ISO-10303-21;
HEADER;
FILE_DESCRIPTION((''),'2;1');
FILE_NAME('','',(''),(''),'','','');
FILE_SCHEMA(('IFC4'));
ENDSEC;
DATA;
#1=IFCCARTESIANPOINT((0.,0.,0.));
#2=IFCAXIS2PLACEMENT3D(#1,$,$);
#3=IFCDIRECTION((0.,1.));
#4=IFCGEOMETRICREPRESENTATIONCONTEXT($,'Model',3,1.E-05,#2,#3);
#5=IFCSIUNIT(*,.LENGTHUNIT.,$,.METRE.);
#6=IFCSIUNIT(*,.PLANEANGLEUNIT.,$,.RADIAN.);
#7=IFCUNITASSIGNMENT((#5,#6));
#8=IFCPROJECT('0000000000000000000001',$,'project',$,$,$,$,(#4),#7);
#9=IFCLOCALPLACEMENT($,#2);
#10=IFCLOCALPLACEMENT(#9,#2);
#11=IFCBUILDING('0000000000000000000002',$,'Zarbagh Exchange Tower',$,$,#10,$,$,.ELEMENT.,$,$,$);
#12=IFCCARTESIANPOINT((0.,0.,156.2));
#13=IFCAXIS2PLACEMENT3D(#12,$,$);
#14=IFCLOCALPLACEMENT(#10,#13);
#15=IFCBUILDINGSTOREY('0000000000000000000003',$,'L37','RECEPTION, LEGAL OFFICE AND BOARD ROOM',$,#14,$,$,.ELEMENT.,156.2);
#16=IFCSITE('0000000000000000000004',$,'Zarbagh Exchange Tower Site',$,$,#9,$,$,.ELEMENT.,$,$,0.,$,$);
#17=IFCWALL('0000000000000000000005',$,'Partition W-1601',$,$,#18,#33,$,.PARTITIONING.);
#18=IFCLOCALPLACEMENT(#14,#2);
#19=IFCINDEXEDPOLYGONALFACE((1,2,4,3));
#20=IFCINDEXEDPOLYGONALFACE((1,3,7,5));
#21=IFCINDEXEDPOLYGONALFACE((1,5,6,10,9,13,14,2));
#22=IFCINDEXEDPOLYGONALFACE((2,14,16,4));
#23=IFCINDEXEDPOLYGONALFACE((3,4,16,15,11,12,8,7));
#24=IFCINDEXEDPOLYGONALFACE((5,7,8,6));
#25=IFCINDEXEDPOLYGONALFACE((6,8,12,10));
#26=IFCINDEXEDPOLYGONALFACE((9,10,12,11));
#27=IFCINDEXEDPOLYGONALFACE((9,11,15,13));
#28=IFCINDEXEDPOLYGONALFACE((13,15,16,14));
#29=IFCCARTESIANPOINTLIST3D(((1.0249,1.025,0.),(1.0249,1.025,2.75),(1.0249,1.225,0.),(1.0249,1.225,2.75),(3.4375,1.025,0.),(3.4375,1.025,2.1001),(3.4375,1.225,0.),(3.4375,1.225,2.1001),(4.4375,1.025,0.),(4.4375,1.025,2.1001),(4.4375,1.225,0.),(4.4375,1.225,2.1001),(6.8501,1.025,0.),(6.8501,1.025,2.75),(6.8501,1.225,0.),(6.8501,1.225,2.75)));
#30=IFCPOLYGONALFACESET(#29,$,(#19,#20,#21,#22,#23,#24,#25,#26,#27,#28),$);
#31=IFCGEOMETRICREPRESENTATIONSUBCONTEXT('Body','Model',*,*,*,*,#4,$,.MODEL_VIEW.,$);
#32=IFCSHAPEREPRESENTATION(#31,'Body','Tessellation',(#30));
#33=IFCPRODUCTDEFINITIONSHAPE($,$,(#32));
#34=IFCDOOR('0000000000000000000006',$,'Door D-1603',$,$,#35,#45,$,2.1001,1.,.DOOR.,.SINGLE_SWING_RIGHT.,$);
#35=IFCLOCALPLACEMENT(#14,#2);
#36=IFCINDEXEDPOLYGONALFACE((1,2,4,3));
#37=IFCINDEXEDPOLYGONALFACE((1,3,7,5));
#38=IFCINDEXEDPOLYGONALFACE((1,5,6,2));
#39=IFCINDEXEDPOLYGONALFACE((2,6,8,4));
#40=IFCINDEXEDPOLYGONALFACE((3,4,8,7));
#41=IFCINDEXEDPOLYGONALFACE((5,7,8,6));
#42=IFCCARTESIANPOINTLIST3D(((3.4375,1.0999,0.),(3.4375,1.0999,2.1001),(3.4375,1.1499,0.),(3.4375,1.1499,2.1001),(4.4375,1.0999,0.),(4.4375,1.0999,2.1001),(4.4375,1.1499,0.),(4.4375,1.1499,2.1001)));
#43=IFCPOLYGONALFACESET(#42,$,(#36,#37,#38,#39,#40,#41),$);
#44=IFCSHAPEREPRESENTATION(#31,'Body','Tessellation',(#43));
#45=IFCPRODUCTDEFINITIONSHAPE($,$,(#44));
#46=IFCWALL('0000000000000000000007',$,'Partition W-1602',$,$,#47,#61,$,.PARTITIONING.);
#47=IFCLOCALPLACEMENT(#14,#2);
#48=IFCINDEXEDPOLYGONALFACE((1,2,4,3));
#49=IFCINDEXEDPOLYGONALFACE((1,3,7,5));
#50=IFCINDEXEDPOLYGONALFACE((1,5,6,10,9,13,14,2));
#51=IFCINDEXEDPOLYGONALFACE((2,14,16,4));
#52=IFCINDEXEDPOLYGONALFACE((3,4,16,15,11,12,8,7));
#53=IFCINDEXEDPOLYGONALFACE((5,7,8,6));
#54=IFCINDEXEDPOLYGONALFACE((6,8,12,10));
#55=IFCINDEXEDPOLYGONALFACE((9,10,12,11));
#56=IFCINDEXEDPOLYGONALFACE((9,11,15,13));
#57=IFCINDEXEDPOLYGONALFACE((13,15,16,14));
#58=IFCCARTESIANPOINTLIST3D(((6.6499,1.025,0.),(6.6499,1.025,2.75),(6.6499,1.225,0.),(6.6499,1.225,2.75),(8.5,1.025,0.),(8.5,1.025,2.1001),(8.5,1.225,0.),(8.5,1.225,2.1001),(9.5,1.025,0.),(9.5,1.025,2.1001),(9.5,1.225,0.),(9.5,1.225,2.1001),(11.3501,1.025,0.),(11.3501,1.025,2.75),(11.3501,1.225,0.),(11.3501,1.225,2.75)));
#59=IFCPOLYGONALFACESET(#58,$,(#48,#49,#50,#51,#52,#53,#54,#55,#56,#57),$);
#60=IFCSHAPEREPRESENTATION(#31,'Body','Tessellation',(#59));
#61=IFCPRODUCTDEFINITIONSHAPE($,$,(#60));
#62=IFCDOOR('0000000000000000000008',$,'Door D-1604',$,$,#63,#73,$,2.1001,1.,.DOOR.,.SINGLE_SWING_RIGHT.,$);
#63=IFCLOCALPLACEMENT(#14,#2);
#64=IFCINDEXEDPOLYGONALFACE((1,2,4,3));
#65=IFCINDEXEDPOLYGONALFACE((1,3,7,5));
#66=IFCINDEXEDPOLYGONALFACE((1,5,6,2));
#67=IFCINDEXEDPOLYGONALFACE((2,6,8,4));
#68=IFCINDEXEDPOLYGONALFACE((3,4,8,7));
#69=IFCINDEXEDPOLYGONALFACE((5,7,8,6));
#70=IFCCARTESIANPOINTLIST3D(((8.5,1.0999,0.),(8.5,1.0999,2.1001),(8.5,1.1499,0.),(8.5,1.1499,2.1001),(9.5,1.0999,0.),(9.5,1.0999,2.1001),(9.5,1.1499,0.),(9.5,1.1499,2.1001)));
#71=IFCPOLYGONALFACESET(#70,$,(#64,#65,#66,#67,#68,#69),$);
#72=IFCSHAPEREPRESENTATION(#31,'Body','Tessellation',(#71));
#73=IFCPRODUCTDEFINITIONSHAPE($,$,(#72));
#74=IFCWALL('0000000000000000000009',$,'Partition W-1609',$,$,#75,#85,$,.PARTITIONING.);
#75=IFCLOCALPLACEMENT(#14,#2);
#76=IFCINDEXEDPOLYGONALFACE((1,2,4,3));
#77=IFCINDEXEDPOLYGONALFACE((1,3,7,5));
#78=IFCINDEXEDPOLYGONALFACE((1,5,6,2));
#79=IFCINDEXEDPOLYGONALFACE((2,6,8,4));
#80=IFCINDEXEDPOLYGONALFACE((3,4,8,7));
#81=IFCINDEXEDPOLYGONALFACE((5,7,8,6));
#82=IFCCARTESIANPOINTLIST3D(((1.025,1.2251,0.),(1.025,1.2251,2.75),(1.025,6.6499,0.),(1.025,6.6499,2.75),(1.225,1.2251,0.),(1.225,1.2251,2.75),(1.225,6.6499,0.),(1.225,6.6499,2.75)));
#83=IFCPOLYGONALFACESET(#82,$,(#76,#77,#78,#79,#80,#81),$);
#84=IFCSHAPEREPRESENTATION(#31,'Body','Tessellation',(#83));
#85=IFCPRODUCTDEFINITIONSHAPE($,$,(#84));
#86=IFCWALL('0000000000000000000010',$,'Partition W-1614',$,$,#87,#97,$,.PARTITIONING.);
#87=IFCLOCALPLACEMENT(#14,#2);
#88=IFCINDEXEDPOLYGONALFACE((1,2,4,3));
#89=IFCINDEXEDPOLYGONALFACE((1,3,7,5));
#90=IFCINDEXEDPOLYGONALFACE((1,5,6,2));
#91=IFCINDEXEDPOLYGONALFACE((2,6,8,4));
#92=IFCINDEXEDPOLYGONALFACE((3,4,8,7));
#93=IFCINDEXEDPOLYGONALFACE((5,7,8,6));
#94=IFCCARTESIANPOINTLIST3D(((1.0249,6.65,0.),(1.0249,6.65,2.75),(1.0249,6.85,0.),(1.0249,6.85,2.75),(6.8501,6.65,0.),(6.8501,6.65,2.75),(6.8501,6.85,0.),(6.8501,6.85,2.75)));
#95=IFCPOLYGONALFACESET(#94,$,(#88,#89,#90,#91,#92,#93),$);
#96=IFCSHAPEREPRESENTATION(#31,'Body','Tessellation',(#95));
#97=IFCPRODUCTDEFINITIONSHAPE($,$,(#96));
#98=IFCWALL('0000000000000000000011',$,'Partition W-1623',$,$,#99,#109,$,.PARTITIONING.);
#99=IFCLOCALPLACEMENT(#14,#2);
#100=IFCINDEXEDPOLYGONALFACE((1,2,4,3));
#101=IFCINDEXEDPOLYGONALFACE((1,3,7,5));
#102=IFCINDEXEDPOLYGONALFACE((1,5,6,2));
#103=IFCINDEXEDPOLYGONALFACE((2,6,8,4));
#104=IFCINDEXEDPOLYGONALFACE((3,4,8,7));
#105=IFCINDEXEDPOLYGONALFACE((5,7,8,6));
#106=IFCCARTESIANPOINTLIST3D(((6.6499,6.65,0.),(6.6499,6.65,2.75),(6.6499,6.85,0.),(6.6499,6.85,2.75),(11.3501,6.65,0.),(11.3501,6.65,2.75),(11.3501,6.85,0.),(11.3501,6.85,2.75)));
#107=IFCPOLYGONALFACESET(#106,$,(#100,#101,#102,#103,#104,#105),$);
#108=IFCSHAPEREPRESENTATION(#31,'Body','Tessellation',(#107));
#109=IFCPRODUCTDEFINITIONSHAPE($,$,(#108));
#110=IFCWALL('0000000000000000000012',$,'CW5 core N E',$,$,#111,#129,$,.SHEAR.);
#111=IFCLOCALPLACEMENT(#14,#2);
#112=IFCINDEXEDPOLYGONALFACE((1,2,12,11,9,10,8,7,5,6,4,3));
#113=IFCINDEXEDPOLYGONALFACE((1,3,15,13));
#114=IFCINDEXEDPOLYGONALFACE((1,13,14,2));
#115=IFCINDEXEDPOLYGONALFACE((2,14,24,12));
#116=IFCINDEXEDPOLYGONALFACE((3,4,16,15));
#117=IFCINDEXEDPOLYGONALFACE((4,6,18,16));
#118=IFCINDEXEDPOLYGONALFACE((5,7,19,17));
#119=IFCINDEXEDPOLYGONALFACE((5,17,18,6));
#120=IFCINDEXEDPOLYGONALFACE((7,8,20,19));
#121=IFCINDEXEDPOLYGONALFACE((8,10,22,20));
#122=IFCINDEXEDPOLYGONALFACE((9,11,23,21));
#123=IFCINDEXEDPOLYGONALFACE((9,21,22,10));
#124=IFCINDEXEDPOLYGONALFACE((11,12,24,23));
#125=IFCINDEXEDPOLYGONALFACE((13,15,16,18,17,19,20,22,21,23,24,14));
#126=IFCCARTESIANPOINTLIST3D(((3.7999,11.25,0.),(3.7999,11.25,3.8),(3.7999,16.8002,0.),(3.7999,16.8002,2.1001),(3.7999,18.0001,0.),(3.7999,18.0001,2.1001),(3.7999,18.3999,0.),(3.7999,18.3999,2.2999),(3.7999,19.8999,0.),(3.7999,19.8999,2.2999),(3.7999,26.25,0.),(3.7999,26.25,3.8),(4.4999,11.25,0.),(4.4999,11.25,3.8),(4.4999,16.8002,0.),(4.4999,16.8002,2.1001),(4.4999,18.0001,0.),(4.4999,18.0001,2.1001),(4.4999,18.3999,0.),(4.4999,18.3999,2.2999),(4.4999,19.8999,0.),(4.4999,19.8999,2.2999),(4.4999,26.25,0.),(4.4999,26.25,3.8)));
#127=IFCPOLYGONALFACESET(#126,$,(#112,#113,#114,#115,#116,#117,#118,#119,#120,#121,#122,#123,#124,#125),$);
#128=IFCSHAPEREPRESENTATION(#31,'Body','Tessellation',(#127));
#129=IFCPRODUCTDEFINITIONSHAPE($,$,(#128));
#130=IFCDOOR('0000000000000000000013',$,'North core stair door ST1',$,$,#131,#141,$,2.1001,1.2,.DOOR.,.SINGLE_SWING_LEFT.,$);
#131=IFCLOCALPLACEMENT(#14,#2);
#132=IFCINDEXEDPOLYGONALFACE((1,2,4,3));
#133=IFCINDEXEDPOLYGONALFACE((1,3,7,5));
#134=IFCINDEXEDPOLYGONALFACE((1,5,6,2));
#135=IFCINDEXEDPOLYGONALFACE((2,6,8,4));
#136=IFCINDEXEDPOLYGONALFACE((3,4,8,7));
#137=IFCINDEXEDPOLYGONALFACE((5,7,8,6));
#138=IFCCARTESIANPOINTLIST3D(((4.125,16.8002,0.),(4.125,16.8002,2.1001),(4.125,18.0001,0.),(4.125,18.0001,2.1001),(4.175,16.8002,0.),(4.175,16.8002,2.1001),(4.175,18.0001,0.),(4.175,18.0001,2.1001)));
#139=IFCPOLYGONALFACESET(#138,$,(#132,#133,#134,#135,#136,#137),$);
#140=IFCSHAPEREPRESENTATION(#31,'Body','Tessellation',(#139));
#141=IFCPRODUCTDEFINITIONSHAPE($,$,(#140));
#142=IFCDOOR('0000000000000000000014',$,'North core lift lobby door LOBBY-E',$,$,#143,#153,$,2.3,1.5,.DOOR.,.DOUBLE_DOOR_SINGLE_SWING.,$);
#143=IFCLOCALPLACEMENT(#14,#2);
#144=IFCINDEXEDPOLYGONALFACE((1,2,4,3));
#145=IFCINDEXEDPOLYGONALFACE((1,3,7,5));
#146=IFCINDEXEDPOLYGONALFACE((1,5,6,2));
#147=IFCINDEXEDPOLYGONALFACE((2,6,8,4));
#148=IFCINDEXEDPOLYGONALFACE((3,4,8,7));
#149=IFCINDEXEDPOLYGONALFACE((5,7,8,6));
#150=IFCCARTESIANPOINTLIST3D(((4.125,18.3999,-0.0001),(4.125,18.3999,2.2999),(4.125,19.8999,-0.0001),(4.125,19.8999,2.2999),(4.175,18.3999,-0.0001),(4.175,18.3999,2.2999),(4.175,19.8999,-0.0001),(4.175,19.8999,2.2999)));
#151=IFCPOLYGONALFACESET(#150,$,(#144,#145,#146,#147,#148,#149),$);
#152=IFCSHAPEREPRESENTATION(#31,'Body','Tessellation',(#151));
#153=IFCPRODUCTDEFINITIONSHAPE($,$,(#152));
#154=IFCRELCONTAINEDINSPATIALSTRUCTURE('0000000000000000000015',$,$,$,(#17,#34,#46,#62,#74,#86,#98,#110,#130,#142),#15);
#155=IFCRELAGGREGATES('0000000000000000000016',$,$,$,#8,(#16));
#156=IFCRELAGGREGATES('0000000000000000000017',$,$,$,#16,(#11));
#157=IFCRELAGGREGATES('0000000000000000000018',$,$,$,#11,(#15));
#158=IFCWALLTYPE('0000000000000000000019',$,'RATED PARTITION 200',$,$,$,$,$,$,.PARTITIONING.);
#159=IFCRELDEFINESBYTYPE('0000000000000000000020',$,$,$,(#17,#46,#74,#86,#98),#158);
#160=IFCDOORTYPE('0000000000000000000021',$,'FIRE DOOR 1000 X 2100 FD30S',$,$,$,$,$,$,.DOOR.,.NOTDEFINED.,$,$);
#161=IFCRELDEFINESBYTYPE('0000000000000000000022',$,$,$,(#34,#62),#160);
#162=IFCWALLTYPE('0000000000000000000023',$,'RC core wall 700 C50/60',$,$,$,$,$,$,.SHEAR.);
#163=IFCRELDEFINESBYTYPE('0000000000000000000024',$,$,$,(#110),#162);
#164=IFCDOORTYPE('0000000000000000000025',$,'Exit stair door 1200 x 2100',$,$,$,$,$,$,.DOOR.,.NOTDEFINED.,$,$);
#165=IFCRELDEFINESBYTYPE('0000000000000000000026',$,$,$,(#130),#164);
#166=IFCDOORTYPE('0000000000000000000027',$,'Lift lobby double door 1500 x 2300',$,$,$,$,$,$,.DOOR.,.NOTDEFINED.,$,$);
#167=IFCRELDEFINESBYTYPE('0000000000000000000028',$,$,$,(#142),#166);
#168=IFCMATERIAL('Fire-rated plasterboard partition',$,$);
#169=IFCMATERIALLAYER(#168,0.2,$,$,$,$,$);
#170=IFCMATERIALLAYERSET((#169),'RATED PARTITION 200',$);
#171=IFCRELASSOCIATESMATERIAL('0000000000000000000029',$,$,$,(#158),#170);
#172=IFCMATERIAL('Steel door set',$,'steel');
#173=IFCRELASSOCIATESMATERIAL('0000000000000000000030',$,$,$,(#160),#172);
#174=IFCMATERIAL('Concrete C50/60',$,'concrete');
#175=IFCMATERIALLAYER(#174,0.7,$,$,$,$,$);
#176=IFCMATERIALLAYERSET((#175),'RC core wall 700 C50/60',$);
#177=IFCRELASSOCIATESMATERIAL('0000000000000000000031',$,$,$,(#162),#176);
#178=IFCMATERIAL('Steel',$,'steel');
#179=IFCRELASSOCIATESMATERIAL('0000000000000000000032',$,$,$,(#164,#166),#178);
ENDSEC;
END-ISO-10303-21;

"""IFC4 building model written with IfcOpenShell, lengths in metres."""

from ifc_helpers import new_model, si_unit, direction, frame, frame_2d, origin, place, context, subcontext, project, spatial, rectangle, extrude, material, layer, layer_set, type_object, element, fill, save


model = new_model("IFC4")

# Units and contexts
model_context = context("Model", 3, precision=1e-05, world=origin(), true_north=direction((0.0, 1.0)))
body_context = subcontext(model_context, "Body", "Model", "MODEL_VIEW")
ifc_project = project(units=[si_unit("LENGTHUNIT", "METRE"), si_unit("PLANEANGLEUNIT", "RADIAN")], contexts=[model_context])

# Site, building, storey
site_placement = place(None, origin())
site = spatial("IfcSite", under=ifc_project, at=site_placement, Name="Zarbagh Exchange Tower Site", CompositionType="ELEMENT", RefElevation=0.0)
building_placement = place(site_placement, origin())
building = spatial("IfcBuilding", under=site, at=building_placement, Name="Zarbagh Exchange Tower", CompositionType="ELEMENT")
storey_placement = place(building_placement, frame((0.0, 0.0, 156.2)))
storey = spatial("IfcBuildingStorey", under=building, at=storey_placement, Name="L37", Description="RECEPTION, LEGAL OFFICE AND BOARD ROOM", CompositionType="ELEMENT", Elevation=156.2)

# Shared definitions
ifc_material_1 = material(Name="Concrete C50/60", Category="concrete")

# Walls, openings, doors
ifc_material_2 = material(Name="Fire-rated plasterboard partition")
ifc_layer_1 = layer(ifc_material_2, 0.2)
ifc_layer_set_1 = layer_set([ifc_layer_1], Name="RATED PARTITION 200")
wall_type_1 = type_object("IfcWallType", Name="RATED PARTITION 200", PredefinedType="PARTITIONING", material=ifc_layer_set_1)
wall_1_placement = place(storey_placement, frame((1.0249, 1.125, 0.0), z_axis=(0.0, 0.0, 1.0), x_axis=(1.0, 0.0, 0.0)))
wall_1 = element("IfcWall", 1, at=wall_1_placement, inside=storey, type_object=wall_type_1, Name="Partition W-1601", PredefinedType="PARTITIONING", context=body_context, shape_type="SweptSolid", body=[
    extrude(rectangle(XDim=5.8252, YDim=0.2, at=frame_2d((2.9126, 0.0))), origin(), (0.0, 0.0, 1.0), 2.75),
])
opening_1_placement = place(wall_1_placement, frame((2.4126, 0.0, 0.0)))
opening_1 = element("IfcOpeningElement", 2, at=opening_1_placement, cuts=wall_1, PredefinedType="OPENING", context=body_context, shape_type="SweptSolid", body=[
    extrude(rectangle(XDim=1.0, YDim=2.1001, at=frame_2d((0.5, 1.05))), frame((0.0, 0.1099, 0.0), z_axis=(0.0, -1.0, 0.0), x_axis=(1.0, 0.0, 0.0)), (0.0, 0.0, 1.0), 0.22),
])
ifc_material_3 = material(Name="Steel door set", Category="steel")
door_type_1 = type_object("IfcDoorType", Name="FIRE DOOR 1000 X 2100 FD30S", OperationType="NOTDEFINED", PredefinedType="DOOR", material=ifc_material_3)
door_1_placement = place(opening_1_placement, origin())
door_1 = element("IfcDoor", 3, at=door_1_placement, inside=storey, type_object=door_type_1, Name="Door D-1603", OperationType="SINGLE_SWING_RIGHT", OverallHeight=2.1001, OverallWidth=1.0, PredefinedType="DOOR", context=body_context, shape_type="SweptSolid", body=[
    extrude(rectangle(XDim=1.0, YDim=2.1001, at=frame_2d((0.5, 1.05))), frame((0.0, 0.0249, 0.0), z_axis=(0.0, -1.0, 0.0), x_axis=(1.0, 0.0, 0.0)), (0.0, 0.0, 1.0), 0.05),
])
fill(opening_1, door_1)
wall_2_placement = place(storey_placement, frame((6.6499, 1.125, 0.0), z_axis=(0.0, 0.0, 1.0), x_axis=(1.0, 0.0, 0.0)))
wall_2 = element("IfcWall", 4, at=wall_2_placement, inside=storey, type_object=wall_type_1, Name="Partition W-1602", PredefinedType="PARTITIONING", context=body_context, shape_type="SweptSolid", body=[
    extrude(rectangle(XDim=4.7002, YDim=0.2, at=frame_2d((2.3501, 0.0))), origin(), (0.0, 0.0, 1.0), 2.75),
])
opening_2_placement = place(wall_2_placement, frame((1.8501, 0.0, 0.0)))
opening_2 = element("IfcOpeningElement", 5, at=opening_2_placement, cuts=wall_2, PredefinedType="OPENING", context=body_context, shape_type="SweptSolid", body=[
    extrude(rectangle(XDim=1.0, YDim=2.1001, at=frame_2d((0.5, 1.05))), frame((0.0, 0.1099, 0.0), z_axis=(0.0, -1.0, 0.0), x_axis=(1.0, 0.0, 0.0)), (0.0, 0.0, 1.0), 0.22),
])
door_2_placement = place(opening_2_placement, origin())
door_2 = element("IfcDoor", 6, at=door_2_placement, inside=storey, type_object=door_type_1, Name="Door D-1604", OperationType="SINGLE_SWING_RIGHT", OverallHeight=2.1001, OverallWidth=1.0, PredefinedType="DOOR", context=body_context, shape_type="SweptSolid", body=[
    extrude(rectangle(XDim=1.0, YDim=2.1001, at=frame_2d((0.5, 1.05))), frame((0.0, 0.0249, 0.0), z_axis=(0.0, -1.0, 0.0), x_axis=(1.0, 0.0, 0.0)), (0.0, 0.0, 1.0), 0.05),
])
fill(opening_2, door_2)

# Walls
wall_3_placement = place(storey_placement, frame((1.125, 1.2251, 0.0), z_axis=(0.0, 0.0, 1.0), x_axis=(0.0, 1.0, 0.0)))
element("IfcWall", 7, at=wall_3_placement, inside=storey, type_object=wall_type_1, Name="Partition W-1609", PredefinedType="PARTITIONING", context=body_context, shape_type="SweptSolid", body=[
    extrude(rectangle(XDim=5.4248, YDim=0.2, at=frame_2d((2.7124, 0.0))), origin(), (0.0, 0.0, 1.0), 2.75),
])
wall_4_placement = place(storey_placement, frame((1.0249, 6.75, 0.0), z_axis=(0.0, 0.0, 1.0), x_axis=(1.0, 0.0, 0.0)))
element("IfcWall", 8, at=wall_4_placement, inside=storey, type_object=wall_type_1, Name="Partition W-1614", PredefinedType="PARTITIONING", context=body_context, shape_type="SweptSolid", body=[
    extrude(rectangle(XDim=5.8252, YDim=0.2, at=frame_2d((2.9126, 0.0))), origin(), (0.0, 0.0, 1.0), 2.75),
])
wall_5_placement = place(storey_placement, frame((6.6499, 6.75, 0.0), z_axis=(0.0, 0.0, 1.0), x_axis=(1.0, 0.0, 0.0)))
element("IfcWall", 9, at=wall_5_placement, inside=storey, type_object=wall_type_1, Name="Partition W-1623", PredefinedType="PARTITIONING", context=body_context, shape_type="SweptSolid", body=[
    extrude(rectangle(XDim=4.7002, YDim=0.2, at=frame_2d((2.3501, 0.0))), origin(), (0.0, 0.0, 1.0), 2.75),
])

# Wall, openings, doors
ifc_layer_2 = layer(ifc_material_1, 0.7)
ifc_layer_set_2 = layer_set([ifc_layer_2], Name="RC core wall 700 C50/60")
wall_type_2 = type_object("IfcWallType", Name="RC core wall 700 C50/60", PredefinedType="SHEAR", material=ifc_layer_set_2)
wall_6_placement = place(storey_placement, frame((4.1499, 11.25, 0.0), z_axis=(0.0, 0.0, 1.0), x_axis=(0.0, 1.0, 0.0)))
wall_6 = element("IfcWall", 10, at=wall_6_placement, inside=storey, type_object=wall_type_2, Name="CW5 core N E", PredefinedType="SHEAR", context=body_context, shape_type="SweptSolid", body=[
    extrude(rectangle(XDim=15.0, YDim=0.7, at=frame_2d((7.5, 0.0))), origin(), (0.0, 0.0, 1.0), 3.8),
])
opening_3_placement = place(wall_6_placement, frame((7.1499, 0.0, 0.0)))
opening_3 = element("IfcOpeningElement", 11, at=opening_3_placement, cuts=wall_6, PredefinedType="OPENING", context=body_context, shape_type="SweptSolid", body=[
    extrude(rectangle(XDim=1.5, YDim=2.3, at=frame_2d((0.75, 1.1499))), frame((0.0, 0.3599, 0.0), z_axis=(0.0, -1.0, 0.0), x_axis=(1.0, 0.0, 0.0)), (0.0, 0.0, 1.0), 0.72),
])
opening_4_placement = place(wall_6_placement, frame((5.55, 0.0, 0.0)))
opening_4 = element("IfcOpeningElement", 12, at=opening_4_placement, cuts=wall_6, PredefinedType="OPENING", context=body_context, shape_type="SweptSolid", body=[
    extrude(rectangle(XDim=1.2, YDim=2.1001, at=frame_2d((0.6001, 1.05))), frame((0.0, 0.3599, 0.0), z_axis=(0.0, -1.0, 0.0), x_axis=(1.0, 0.0, 0.0)), (0.0, 0.0, 1.0), 0.72),
])
ifc_material_4 = material(Name="Steel", Category="steel")
door_type_2 = type_object("IfcDoorType", Name="Exit stair door 1200 x 2100", OperationType="NOTDEFINED", PredefinedType="DOOR", material=ifc_material_4)
door_3_placement = place(opening_4_placement, origin())
door_3 = element("IfcDoor", 13, at=door_3_placement, inside=storey, type_object=door_type_2, Name="North core stair door ST1", OperationType="SINGLE_SWING_LEFT", OverallHeight=2.1001, OverallWidth=1.2, PredefinedType="DOOR", context=body_context, shape_type="SweptSolid", body=[
    extrude(rectangle(XDim=1.2, YDim=2.1001, at=frame_2d((0.6001, 1.05))), frame((0.0, 0.0249, 0.0), z_axis=(0.0, -1.0, 0.0), x_axis=(1.0, 0.0, 0.0)), (0.0, 0.0, 1.0), 0.05),
])
fill(opening_4, door_3)
door_type_3 = type_object("IfcDoorType", Name="Lift lobby double door 1500 x 2300", OperationType="NOTDEFINED", PredefinedType="DOOR", material=ifc_material_4)
door_4_placement = place(opening_3_placement, origin())
door_4 = element("IfcDoor", 14, at=door_4_placement, inside=storey, type_object=door_type_3, Name="North core lift lobby door LOBBY-E", OperationType="DOUBLE_DOOR_SINGLE_SWING", OverallHeight=2.3, OverallWidth=1.5, PredefinedType="DOOR", context=body_context, shape_type="SweptSolid", body=[
    extrude(rectangle(XDim=1.5, YDim=2.3, at=frame_2d((0.75, 1.1499))), frame((0.0, 0.0249, 0.0), z_axis=(0.0, -1.0, 0.0), x_axis=(1.0, 0.0, 0.0)), (0.0, 0.0, 1.0), 0.05),
])
fill(opening_3, door_4)

save(model, "model.ifc")
